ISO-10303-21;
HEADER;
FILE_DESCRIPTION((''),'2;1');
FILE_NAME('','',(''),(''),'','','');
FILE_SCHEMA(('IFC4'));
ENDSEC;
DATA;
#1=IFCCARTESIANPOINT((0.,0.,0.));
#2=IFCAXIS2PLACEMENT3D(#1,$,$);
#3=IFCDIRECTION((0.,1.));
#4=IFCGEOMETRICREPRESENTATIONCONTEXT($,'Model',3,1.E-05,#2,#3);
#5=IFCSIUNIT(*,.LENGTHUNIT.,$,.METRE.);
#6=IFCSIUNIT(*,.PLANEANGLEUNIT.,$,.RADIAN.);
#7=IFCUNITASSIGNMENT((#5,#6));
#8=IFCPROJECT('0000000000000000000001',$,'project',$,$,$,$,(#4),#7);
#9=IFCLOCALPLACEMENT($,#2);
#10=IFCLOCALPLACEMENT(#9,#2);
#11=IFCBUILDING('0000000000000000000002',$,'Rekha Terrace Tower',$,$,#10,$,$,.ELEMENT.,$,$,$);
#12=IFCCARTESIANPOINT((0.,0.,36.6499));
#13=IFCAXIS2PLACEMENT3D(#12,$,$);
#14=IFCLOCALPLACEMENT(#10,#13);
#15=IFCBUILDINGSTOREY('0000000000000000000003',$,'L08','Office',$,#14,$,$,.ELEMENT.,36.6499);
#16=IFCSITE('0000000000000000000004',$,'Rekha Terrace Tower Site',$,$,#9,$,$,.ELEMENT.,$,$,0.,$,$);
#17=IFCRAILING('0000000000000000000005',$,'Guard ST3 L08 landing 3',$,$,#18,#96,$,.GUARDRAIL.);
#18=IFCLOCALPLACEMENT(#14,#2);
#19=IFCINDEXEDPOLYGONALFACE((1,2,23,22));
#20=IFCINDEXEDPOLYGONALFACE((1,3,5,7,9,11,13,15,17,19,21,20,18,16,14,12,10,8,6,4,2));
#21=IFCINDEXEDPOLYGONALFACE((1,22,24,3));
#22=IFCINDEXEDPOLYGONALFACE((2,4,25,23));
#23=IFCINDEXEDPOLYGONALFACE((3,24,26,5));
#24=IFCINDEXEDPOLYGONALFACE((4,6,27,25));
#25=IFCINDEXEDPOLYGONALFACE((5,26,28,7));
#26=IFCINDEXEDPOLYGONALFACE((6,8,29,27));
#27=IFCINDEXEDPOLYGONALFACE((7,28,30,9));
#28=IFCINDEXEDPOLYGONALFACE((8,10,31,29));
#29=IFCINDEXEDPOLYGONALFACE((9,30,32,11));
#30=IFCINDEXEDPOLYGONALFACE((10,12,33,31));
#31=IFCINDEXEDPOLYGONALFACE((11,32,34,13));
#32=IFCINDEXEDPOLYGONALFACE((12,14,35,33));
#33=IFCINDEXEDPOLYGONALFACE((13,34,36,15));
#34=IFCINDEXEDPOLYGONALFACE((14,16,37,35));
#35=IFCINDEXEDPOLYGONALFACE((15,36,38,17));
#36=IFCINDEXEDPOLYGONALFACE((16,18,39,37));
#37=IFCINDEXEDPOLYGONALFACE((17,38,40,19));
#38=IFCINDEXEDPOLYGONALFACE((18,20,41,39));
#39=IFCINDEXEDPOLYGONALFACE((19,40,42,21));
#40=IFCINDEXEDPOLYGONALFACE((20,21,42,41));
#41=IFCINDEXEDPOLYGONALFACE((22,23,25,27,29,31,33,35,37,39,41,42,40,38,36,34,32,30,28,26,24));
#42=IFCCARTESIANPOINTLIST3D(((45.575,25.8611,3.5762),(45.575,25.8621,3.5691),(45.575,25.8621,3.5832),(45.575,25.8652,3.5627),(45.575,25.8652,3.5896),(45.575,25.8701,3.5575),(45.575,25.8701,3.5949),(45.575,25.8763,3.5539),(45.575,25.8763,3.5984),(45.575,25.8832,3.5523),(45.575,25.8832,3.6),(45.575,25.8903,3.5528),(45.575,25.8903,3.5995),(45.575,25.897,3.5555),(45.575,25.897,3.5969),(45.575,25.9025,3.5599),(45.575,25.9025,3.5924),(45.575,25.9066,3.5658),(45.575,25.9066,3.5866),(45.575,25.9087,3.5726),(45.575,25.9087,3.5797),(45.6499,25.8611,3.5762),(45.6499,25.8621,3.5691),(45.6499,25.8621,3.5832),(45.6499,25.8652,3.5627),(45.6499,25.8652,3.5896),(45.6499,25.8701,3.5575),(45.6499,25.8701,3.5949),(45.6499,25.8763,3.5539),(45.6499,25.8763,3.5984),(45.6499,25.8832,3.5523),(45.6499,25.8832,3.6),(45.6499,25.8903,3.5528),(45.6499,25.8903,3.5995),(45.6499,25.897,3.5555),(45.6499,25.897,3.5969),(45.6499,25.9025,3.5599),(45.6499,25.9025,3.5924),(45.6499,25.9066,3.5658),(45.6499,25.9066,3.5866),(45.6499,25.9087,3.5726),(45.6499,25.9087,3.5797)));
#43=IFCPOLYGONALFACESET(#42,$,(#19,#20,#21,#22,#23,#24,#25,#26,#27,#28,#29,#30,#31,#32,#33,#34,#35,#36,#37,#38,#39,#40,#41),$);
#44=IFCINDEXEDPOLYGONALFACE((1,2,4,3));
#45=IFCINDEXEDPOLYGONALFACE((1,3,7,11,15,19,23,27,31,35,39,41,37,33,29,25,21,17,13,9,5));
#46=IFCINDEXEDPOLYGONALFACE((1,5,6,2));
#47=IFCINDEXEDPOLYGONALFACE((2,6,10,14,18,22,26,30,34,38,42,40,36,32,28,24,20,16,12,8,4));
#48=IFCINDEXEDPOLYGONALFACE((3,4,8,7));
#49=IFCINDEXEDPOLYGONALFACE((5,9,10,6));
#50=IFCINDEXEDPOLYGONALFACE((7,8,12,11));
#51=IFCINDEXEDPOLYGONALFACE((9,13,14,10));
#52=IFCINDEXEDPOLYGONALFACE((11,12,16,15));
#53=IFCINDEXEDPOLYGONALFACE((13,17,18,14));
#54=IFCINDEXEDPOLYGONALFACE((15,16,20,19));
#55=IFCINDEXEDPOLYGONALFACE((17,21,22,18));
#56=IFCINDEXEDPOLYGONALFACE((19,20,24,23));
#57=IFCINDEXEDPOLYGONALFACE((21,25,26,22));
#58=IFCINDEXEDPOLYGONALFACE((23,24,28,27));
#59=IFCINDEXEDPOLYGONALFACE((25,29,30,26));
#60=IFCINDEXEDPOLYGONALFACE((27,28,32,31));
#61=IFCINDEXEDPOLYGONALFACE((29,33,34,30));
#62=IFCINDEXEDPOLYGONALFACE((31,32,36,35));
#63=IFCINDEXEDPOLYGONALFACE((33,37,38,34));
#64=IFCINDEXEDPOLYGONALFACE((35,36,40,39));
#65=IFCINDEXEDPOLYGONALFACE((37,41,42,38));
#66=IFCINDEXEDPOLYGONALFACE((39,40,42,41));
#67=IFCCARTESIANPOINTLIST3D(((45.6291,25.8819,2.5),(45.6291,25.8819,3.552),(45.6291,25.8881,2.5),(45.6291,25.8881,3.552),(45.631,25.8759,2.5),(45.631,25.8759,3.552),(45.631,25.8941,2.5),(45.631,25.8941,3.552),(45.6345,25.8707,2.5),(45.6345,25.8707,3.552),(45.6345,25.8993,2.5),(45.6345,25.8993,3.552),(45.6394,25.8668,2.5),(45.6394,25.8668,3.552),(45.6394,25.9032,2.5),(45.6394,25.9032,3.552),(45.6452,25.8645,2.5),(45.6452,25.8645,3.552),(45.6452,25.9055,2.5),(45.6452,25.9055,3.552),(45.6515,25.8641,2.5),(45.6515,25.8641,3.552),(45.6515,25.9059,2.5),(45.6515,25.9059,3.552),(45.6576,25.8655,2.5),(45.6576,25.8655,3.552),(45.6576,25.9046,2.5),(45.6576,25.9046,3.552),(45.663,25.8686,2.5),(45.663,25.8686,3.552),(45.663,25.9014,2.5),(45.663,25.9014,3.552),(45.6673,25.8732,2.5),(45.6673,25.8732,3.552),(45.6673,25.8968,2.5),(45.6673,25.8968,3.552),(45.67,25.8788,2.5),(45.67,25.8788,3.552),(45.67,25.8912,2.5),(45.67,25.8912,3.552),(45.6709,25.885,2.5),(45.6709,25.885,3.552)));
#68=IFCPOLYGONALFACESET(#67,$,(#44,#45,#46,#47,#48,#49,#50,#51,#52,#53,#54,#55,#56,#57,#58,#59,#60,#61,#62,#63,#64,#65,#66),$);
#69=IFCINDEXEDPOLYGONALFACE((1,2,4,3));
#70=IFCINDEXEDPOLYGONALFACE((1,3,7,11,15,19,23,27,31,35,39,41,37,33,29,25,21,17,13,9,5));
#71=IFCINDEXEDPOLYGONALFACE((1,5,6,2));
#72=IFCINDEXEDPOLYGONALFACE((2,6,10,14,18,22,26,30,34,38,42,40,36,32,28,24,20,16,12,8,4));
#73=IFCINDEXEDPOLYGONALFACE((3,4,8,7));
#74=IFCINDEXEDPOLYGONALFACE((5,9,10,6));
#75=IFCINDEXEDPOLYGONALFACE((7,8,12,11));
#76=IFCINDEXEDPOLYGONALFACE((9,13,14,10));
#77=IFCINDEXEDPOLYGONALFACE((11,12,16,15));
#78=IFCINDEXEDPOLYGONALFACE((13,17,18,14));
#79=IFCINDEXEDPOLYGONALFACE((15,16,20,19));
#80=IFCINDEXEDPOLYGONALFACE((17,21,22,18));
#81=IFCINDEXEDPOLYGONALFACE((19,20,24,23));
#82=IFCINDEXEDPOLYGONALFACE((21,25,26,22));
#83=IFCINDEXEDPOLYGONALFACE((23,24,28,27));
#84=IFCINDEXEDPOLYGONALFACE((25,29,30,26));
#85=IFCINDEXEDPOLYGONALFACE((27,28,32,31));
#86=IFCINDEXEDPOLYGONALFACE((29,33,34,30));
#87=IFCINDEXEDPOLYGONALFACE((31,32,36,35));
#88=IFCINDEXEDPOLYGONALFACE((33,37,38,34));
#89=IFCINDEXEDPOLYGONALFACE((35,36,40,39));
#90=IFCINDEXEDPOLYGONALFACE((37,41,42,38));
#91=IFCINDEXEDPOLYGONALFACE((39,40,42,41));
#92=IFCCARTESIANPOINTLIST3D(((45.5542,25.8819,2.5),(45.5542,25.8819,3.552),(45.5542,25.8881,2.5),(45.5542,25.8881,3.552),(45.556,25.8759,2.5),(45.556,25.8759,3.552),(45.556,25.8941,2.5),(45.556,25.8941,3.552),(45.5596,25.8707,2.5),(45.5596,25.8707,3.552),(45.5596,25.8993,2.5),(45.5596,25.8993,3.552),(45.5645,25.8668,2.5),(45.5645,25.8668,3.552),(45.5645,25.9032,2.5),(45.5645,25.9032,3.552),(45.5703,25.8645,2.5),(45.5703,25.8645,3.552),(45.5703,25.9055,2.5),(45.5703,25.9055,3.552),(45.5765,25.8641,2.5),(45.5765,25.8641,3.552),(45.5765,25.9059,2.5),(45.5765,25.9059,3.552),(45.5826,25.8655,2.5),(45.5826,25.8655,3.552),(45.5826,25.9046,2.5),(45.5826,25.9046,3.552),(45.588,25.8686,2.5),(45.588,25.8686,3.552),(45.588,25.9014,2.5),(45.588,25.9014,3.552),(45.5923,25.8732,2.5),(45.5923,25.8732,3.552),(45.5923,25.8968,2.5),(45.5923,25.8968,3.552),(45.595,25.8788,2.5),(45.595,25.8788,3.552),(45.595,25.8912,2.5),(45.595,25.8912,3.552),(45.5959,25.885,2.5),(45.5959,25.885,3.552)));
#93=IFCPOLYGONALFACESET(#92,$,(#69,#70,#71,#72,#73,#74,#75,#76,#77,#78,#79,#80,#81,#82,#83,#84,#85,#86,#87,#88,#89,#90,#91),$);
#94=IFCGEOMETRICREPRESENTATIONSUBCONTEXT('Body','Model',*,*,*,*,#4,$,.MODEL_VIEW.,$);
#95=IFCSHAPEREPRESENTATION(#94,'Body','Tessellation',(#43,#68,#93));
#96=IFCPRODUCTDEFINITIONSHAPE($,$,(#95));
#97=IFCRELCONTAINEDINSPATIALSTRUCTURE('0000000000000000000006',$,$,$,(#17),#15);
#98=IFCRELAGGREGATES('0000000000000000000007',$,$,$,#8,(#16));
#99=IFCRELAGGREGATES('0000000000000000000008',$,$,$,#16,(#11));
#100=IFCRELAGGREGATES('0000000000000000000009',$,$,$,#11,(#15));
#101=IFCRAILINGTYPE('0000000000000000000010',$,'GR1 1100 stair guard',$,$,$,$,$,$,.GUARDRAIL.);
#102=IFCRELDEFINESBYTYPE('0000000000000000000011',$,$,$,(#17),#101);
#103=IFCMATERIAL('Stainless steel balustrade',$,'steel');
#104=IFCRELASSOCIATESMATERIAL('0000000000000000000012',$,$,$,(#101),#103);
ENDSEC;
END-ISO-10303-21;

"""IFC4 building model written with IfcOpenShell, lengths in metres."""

from ifc_helpers import new_model, si_unit, direction, frame, origin, origin_2d, place, context, subcontext, project, spatial, circle, extrude, material, type_object, element, save


model = new_model("IFC4")

# Units and contexts
model_context = context("Model", 3, precision=1e-05, world=origin(), true_north=direction((0.0, 1.0)))
body_context = subcontext(model_context, "Body", "Model", "MODEL_VIEW")
ifc_project = project(units=[si_unit("LENGTHUNIT", "METRE"), si_unit("PLANEANGLEUNIT", "RADIAN")], contexts=[model_context])

# Site, building, storey
site_placement = place(None, origin())
site = spatial("IfcSite", under=ifc_project, at=site_placement, Name="Rekha Terrace Tower Site", CompositionType="ELEMENT", RefElevation=0.0)
building_placement = place(site_placement, origin())
building = spatial("IfcBuilding", under=site, at=building_placement, Name="Rekha Terrace Tower", CompositionType="ELEMENT")
storey_placement = place(building_placement, frame((0.0, 0.0, 36.6499)))
storey = spatial("IfcBuildingStorey", under=building, at=storey_placement, Name="L08", Description="Office", CompositionType="ELEMENT", Elevation=36.6499)

# Railing
ifc_material_1 = material(Name="Stainless steel balustrade", Category="steel")
railing_type_1 = type_object("IfcRailingType", Name="GR1 1100 stair guard", PredefinedType="GUARDRAIL", material=ifc_material_1)
railing_1_placement = place(storey_placement, frame((45.6499, 25.885, 2.5)))
element("IfcRailing", 1, at=railing_1_placement, inside=storey, type_object=railing_type_1, Name="Guard ST3 L08 landing 3", PredefinedType="GUARDRAIL", context=body_context, shape_type="SweptSolid", body=[
    extrude(circle(Radius=0.0239, at=origin_2d()), frame((0.0, 0.0, 1.0762), z_axis=(-1.0, 0.0, 0.0), x_axis=(0.0, -1.0, 0.0)), (0.0, 0.0, 1.0), 0.075),
    extrude(circle(Radius=0.021, at=origin_2d()), origin(), (0.0, 0.0, 1.0), 1.052),
    extrude(circle(Radius=0.021, at=origin_2d()), frame((-0.075, 0.0, 0.0)), (0.0, 0.0, 1.0), 1.052),
])

save(model, "model.ifc")
